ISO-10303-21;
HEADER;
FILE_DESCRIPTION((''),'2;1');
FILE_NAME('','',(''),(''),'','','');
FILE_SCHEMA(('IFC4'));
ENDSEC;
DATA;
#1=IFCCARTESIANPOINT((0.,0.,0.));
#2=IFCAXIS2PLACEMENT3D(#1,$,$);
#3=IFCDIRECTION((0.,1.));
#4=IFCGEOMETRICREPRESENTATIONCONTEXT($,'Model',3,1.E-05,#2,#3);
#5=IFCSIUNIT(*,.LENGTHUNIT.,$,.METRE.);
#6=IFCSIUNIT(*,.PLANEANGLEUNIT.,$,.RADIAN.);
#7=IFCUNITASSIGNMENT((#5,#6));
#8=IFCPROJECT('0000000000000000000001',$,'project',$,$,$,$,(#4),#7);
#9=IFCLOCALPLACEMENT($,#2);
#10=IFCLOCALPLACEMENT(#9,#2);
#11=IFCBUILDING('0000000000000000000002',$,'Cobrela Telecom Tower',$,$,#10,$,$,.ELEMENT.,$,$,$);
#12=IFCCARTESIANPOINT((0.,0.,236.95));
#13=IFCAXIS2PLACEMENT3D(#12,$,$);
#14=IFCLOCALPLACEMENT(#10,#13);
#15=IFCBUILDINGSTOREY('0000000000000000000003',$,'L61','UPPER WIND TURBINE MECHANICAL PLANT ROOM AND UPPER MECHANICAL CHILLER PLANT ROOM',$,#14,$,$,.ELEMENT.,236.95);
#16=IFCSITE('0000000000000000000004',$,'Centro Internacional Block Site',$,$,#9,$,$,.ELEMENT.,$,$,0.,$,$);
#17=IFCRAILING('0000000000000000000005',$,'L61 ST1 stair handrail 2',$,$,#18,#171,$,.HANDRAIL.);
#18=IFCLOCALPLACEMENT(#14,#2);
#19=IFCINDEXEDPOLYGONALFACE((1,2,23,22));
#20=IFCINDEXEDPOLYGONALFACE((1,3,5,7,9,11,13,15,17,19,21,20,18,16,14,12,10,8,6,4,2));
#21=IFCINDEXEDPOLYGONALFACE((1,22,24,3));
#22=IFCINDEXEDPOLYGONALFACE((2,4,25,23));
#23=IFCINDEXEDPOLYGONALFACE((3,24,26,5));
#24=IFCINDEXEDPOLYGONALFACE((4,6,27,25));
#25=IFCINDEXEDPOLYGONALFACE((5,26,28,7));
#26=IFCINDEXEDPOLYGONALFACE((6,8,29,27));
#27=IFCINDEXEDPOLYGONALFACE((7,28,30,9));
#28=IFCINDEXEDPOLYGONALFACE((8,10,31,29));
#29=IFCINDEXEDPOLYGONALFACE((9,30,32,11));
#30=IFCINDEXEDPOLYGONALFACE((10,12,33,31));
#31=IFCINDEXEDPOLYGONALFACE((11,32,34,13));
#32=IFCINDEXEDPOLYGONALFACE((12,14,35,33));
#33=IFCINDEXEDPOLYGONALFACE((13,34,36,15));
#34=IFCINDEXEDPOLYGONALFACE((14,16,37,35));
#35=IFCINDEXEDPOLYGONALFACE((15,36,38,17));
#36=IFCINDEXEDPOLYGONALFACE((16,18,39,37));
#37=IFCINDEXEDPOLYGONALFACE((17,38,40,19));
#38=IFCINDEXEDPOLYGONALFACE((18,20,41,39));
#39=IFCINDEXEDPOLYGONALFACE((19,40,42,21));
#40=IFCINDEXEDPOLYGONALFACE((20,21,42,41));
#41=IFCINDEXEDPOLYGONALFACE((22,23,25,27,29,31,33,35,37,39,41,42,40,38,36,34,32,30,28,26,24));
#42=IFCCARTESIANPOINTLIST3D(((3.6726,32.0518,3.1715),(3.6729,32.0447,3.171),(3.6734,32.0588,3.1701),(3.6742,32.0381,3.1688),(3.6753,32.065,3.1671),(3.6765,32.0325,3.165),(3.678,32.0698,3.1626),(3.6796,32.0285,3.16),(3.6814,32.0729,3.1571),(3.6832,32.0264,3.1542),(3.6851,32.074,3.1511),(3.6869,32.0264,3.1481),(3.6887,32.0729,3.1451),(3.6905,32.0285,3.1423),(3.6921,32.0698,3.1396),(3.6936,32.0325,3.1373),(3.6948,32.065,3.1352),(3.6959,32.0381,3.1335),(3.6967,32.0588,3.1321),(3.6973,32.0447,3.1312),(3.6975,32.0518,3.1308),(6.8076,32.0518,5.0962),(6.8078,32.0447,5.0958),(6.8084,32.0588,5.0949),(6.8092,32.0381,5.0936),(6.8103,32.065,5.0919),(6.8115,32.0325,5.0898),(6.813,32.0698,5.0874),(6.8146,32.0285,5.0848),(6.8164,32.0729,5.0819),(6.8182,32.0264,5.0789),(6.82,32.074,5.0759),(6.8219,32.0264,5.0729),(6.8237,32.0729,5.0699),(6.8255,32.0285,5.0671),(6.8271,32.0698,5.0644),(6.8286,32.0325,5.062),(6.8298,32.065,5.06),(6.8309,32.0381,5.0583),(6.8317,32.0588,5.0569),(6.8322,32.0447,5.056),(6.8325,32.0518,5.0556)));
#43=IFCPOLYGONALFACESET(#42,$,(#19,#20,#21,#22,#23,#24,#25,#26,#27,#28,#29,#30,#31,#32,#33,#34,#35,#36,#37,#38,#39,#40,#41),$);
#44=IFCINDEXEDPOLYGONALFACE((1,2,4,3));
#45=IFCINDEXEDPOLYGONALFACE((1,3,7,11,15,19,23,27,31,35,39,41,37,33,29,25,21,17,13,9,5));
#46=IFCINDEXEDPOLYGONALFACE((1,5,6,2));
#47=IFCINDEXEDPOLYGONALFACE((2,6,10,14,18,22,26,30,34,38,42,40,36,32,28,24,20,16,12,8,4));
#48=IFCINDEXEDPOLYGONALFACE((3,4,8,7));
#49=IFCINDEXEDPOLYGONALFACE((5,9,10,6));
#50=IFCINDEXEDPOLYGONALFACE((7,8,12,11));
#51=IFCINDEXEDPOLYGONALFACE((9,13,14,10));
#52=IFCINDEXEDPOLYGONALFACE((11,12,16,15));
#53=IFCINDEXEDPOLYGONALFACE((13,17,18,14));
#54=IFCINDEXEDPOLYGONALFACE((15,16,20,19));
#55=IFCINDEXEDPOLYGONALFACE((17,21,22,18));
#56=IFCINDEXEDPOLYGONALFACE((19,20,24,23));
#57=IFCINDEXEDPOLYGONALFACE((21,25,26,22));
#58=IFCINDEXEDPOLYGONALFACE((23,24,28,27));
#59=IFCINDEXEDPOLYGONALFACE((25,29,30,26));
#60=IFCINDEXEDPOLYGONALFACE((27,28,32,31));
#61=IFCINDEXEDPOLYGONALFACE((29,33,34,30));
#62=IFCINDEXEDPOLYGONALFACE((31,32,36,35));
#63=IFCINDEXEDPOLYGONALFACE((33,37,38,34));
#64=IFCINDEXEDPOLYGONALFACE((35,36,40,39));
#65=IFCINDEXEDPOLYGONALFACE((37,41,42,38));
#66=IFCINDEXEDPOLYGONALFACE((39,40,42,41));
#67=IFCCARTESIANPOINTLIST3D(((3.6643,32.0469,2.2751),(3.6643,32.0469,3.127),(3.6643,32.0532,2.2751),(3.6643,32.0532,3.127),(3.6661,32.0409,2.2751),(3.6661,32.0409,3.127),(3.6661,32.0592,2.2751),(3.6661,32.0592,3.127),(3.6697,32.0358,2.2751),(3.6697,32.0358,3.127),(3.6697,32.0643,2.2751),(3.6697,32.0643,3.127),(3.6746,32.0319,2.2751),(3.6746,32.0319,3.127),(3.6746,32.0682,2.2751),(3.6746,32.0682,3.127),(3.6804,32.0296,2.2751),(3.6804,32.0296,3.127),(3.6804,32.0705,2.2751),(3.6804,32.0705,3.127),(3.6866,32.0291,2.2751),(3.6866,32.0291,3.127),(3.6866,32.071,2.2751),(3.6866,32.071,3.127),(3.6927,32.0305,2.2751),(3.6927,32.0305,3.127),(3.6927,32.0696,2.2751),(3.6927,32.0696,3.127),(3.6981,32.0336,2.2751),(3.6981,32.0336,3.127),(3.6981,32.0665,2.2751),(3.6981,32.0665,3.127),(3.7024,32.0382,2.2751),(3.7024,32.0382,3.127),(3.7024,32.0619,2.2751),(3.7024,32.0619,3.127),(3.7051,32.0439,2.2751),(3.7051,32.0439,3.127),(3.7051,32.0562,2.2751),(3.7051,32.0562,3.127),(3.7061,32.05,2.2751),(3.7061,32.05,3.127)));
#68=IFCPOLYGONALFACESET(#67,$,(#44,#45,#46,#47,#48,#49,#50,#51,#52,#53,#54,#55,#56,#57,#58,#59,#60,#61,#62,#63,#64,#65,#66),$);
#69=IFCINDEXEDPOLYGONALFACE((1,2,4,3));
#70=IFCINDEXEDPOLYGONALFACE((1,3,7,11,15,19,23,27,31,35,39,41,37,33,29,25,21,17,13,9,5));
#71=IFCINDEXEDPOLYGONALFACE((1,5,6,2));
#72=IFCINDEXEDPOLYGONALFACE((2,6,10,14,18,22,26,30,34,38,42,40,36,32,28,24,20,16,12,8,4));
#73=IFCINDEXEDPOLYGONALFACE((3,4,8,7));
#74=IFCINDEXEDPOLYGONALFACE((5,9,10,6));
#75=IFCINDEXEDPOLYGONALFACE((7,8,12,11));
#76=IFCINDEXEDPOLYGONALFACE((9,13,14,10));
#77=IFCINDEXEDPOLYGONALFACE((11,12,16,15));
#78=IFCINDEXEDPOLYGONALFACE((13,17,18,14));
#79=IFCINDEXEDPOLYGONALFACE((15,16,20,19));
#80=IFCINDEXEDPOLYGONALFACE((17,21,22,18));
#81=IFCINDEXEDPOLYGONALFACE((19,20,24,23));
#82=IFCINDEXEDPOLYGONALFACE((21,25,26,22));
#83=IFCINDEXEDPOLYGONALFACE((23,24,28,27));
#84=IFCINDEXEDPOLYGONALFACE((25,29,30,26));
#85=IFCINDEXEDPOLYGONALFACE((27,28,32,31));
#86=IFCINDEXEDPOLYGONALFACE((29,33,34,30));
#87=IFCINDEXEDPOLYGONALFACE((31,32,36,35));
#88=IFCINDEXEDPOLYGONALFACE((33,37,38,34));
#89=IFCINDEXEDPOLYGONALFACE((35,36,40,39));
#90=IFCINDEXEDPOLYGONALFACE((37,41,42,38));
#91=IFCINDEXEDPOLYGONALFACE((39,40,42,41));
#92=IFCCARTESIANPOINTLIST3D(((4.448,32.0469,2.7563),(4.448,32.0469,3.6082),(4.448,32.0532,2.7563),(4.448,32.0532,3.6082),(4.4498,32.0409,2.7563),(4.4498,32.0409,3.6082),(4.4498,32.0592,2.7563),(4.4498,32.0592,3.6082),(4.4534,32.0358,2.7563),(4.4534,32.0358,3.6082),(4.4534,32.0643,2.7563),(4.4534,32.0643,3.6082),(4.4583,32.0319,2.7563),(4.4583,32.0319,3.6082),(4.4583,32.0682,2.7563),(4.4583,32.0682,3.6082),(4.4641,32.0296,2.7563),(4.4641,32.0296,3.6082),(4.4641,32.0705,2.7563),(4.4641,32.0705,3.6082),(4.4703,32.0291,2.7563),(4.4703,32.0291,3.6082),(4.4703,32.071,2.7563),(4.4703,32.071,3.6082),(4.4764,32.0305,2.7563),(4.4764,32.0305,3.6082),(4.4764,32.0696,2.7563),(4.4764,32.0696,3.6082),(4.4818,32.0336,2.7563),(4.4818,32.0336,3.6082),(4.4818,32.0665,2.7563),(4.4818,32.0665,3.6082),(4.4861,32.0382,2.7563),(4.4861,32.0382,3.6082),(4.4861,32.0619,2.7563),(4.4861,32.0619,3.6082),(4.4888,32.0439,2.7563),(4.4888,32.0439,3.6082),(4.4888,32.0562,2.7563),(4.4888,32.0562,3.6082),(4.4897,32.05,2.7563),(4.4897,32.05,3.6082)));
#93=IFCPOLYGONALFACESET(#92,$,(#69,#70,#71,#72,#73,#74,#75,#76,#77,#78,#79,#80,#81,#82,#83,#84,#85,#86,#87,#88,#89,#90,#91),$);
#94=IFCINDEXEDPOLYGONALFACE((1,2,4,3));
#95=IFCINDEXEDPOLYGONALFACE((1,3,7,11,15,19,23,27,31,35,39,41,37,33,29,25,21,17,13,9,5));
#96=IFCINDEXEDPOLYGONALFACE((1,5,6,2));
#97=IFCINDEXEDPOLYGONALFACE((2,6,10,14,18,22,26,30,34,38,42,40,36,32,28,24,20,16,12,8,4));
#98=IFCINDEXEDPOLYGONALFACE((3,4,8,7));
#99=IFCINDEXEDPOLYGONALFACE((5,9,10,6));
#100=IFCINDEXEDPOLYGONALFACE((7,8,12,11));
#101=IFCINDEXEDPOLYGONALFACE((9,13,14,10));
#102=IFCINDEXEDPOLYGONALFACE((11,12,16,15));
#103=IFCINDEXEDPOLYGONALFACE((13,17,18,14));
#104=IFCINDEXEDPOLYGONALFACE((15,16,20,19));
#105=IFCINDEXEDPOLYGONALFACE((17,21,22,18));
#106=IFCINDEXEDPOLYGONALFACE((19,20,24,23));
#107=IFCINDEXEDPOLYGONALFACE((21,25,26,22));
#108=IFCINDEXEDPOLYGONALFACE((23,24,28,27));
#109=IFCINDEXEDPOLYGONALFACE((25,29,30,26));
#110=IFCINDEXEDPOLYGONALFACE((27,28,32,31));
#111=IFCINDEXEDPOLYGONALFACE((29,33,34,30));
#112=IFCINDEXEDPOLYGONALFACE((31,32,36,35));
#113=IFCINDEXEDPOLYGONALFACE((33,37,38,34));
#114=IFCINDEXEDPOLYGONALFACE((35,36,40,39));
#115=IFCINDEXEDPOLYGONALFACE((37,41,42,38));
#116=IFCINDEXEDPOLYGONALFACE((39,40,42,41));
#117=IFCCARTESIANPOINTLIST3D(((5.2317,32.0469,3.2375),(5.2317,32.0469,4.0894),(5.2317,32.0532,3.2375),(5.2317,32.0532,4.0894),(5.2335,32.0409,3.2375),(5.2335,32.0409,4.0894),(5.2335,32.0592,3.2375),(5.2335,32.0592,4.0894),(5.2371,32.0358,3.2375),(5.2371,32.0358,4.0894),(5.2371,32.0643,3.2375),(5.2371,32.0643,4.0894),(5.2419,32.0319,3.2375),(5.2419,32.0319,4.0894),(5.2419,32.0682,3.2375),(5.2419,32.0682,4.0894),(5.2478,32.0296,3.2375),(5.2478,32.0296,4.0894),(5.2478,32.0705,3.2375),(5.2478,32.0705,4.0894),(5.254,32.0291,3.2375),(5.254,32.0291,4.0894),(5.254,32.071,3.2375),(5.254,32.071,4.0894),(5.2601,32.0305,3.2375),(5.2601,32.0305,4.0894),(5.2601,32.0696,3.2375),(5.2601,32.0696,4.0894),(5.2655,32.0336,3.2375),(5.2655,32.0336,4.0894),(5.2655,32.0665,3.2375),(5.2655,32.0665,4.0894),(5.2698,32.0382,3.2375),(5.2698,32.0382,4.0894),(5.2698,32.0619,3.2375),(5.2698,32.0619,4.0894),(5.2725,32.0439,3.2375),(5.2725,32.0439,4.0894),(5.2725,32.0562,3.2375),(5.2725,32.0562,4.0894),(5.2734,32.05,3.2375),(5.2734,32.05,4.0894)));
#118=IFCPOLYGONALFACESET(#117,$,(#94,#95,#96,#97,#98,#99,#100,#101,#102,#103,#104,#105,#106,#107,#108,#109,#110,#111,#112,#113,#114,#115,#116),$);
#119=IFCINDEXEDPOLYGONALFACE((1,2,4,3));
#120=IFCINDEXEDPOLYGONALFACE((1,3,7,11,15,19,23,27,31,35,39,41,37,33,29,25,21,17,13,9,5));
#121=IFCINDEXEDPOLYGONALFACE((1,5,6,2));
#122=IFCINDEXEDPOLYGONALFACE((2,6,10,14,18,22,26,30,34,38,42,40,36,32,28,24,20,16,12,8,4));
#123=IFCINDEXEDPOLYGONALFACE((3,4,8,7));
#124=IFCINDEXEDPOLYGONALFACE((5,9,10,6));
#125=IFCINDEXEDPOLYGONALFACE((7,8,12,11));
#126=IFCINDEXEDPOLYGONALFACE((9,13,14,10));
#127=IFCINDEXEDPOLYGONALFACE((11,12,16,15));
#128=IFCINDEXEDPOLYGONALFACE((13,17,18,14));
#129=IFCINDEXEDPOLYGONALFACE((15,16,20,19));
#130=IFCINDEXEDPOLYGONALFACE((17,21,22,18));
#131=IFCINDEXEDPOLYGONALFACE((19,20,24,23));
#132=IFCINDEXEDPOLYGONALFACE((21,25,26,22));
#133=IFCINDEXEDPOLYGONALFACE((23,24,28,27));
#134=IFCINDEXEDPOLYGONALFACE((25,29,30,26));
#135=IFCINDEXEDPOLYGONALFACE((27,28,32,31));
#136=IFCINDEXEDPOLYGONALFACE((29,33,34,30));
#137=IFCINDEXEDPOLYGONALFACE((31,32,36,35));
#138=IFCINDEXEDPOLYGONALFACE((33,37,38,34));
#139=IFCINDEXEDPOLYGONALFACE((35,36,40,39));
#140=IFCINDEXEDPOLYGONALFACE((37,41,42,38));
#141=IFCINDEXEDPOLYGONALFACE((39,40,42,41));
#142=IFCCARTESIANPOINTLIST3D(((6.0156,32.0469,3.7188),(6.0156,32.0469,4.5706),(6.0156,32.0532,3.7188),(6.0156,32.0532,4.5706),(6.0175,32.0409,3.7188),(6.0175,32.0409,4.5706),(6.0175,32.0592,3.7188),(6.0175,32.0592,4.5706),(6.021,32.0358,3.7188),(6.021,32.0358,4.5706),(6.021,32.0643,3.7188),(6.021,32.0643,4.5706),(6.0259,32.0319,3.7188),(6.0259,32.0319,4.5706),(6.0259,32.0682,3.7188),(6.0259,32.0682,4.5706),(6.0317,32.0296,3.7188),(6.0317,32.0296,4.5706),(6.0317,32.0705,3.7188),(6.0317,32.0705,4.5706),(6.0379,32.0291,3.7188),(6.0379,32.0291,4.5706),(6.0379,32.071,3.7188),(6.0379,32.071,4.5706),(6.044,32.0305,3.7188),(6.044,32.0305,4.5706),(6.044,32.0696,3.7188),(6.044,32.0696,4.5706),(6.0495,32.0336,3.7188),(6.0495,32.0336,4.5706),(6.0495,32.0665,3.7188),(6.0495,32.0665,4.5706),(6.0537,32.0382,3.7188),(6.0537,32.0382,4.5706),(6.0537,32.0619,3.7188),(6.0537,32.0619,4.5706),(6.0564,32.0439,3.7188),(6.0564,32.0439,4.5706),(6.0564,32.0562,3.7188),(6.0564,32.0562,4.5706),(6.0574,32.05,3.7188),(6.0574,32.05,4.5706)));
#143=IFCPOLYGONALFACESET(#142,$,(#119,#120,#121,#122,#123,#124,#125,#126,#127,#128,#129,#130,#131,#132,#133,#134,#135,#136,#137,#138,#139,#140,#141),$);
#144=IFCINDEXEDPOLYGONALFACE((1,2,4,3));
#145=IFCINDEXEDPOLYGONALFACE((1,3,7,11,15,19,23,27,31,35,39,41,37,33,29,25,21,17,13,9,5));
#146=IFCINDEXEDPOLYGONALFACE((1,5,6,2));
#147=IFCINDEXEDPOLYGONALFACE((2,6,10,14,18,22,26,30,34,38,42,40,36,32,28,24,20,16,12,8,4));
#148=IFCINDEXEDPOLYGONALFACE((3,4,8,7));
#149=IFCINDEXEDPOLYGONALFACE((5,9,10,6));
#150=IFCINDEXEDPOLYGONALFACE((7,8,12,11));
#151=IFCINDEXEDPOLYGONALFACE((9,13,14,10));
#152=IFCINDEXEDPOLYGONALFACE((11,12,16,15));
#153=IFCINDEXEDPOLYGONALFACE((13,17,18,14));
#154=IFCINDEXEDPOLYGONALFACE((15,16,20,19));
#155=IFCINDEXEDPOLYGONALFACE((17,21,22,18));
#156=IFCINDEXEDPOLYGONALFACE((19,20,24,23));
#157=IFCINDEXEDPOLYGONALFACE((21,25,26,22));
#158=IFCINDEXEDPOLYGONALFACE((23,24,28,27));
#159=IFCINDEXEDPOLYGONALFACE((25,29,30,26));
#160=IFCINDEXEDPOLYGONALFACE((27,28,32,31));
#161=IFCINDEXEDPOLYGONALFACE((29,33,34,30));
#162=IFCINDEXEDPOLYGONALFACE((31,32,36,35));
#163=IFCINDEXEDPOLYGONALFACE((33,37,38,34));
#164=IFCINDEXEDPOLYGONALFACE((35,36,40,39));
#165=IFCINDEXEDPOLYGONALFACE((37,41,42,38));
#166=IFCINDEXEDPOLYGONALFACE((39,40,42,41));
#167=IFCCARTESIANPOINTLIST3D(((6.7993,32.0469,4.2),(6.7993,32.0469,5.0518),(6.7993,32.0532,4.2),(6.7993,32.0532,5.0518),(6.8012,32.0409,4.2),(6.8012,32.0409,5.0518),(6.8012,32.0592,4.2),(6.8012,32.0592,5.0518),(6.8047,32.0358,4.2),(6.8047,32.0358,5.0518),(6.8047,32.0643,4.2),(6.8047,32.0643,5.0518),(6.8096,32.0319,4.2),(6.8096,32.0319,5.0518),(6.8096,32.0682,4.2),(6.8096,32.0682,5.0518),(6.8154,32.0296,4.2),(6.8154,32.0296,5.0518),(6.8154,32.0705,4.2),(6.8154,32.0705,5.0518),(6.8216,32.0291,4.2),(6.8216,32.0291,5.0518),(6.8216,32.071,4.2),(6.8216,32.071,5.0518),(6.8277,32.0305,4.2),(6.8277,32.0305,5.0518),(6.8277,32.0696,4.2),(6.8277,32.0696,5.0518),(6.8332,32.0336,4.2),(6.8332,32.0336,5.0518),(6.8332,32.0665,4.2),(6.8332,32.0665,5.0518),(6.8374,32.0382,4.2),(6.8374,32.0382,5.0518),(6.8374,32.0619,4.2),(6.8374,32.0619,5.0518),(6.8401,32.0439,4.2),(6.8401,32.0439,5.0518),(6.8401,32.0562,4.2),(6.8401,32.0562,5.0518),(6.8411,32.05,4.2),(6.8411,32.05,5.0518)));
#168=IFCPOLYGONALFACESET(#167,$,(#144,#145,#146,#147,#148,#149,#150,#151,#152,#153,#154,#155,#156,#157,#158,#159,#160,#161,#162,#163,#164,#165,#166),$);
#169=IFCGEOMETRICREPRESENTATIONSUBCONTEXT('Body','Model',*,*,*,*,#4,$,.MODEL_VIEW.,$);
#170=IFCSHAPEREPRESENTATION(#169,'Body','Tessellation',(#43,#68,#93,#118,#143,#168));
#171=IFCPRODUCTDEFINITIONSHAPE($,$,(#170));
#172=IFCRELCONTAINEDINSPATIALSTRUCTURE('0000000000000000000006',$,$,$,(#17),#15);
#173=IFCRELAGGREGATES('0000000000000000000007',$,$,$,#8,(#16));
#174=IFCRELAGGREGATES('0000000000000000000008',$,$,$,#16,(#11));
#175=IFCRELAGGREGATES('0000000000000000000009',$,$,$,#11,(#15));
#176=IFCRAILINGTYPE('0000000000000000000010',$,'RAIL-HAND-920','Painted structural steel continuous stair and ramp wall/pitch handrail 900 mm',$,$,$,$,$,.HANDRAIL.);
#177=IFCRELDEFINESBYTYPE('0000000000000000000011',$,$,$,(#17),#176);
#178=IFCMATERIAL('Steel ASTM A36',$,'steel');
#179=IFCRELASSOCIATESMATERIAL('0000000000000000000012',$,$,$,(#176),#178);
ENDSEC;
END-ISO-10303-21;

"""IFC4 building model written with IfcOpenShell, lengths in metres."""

from ifc_helpers import new_model, si_unit, direction, frame, origin, origin_2d, place, context, subcontext, project, spatial, circle, extrude, material, type_object, element, save


model = new_model("IFC4")

# Units and contexts
model_context = context("Model", 3, precision=1e-05, world=origin(), true_north=direction((0.0, 1.0)))
body_context = subcontext(model_context, "Body", "Model", "MODEL_VIEW")
ifc_project = project(units=[si_unit("LENGTHUNIT", "METRE"), si_unit("PLANEANGLEUNIT", "RADIAN")], contexts=[model_context])

# Site, building, storey
site_placement = place(None, origin())
site = spatial("IfcSite", under=ifc_project, at=site_placement, Name="Centro Internacional Block Site", CompositionType="ELEMENT", RefElevation=0.0)
building_placement = place(site_placement, origin())
building = spatial("IfcBuilding", under=site, at=building_placement, Name="Cobrela Telecom Tower", CompositionType="ELEMENT")
storey_placement = place(building_placement, frame((0.0, 0.0, 236.95)))
storey = spatial("IfcBuildingStorey", under=building, at=storey_placement, Name="L61", Description="UPPER WIND TURBINE MECHANICAL PLANT ROOM AND UPPER MECHANICAL CHILLER PLANT ROOM", CompositionType="ELEMENT", Elevation=236.95)

# Shared definitions
ifc_material_1 = material(Name="Steel ASTM A36", Category="steel")

# Railing
railing_type_1 = type_object("IfcRailingType", Name="RAIL-HAND-920", Description="Painted structural steel continuous stair and ramp wall/pitch handrail 900 mm", PredefinedType="HANDRAIL", material=ifc_material_1)
railing_1_placement = place(storey_placement, frame((3.6851, 32.05, 2.2751)))
element("IfcRailing", 1, at=railing_1_placement, inside=storey, type_object=railing_type_1, Name="L61 ST1 stair handrail 2", PredefinedType="HANDRAIL", context=body_context, shape_type="SweptSolid", body=[
    extrude(circle(Radius=0.0239, at=origin_2d()), frame((0.0, 0.0, 0.876), z_axis=(0.852196, 0.0, 0.523223), x_axis=(0.0, 1.0, 0.0)), (0.0, 0.0, 1.0), 3.6787),
    extrude(circle(Radius=0.021, at=origin_2d()), origin(), (0.0, 0.0, 1.0), 0.8518),
    extrude(circle(Radius=0.021, at=origin_2d()), frame((0.7837, 0.0, 0.4812)), (0.0, 0.0, 1.0), 0.8518),
    extrude(circle(Radius=0.021, at=origin_2d()), frame((1.5674, 0.0, 0.9624)), (0.0, 0.0, 1.0), 0.8518),
    extrude(circle(Radius=0.021, at=origin_2d()), frame((2.3513, 0.0, 1.4436)), (0.0, 0.0, 1.0), 0.8518),
    extrude(circle(Radius=0.021, at=origin_2d()), frame((3.135, 0.0, 1.9248)), (0.0, 0.0, 1.0), 0.8518),
])

save(model, "model.ifc")
